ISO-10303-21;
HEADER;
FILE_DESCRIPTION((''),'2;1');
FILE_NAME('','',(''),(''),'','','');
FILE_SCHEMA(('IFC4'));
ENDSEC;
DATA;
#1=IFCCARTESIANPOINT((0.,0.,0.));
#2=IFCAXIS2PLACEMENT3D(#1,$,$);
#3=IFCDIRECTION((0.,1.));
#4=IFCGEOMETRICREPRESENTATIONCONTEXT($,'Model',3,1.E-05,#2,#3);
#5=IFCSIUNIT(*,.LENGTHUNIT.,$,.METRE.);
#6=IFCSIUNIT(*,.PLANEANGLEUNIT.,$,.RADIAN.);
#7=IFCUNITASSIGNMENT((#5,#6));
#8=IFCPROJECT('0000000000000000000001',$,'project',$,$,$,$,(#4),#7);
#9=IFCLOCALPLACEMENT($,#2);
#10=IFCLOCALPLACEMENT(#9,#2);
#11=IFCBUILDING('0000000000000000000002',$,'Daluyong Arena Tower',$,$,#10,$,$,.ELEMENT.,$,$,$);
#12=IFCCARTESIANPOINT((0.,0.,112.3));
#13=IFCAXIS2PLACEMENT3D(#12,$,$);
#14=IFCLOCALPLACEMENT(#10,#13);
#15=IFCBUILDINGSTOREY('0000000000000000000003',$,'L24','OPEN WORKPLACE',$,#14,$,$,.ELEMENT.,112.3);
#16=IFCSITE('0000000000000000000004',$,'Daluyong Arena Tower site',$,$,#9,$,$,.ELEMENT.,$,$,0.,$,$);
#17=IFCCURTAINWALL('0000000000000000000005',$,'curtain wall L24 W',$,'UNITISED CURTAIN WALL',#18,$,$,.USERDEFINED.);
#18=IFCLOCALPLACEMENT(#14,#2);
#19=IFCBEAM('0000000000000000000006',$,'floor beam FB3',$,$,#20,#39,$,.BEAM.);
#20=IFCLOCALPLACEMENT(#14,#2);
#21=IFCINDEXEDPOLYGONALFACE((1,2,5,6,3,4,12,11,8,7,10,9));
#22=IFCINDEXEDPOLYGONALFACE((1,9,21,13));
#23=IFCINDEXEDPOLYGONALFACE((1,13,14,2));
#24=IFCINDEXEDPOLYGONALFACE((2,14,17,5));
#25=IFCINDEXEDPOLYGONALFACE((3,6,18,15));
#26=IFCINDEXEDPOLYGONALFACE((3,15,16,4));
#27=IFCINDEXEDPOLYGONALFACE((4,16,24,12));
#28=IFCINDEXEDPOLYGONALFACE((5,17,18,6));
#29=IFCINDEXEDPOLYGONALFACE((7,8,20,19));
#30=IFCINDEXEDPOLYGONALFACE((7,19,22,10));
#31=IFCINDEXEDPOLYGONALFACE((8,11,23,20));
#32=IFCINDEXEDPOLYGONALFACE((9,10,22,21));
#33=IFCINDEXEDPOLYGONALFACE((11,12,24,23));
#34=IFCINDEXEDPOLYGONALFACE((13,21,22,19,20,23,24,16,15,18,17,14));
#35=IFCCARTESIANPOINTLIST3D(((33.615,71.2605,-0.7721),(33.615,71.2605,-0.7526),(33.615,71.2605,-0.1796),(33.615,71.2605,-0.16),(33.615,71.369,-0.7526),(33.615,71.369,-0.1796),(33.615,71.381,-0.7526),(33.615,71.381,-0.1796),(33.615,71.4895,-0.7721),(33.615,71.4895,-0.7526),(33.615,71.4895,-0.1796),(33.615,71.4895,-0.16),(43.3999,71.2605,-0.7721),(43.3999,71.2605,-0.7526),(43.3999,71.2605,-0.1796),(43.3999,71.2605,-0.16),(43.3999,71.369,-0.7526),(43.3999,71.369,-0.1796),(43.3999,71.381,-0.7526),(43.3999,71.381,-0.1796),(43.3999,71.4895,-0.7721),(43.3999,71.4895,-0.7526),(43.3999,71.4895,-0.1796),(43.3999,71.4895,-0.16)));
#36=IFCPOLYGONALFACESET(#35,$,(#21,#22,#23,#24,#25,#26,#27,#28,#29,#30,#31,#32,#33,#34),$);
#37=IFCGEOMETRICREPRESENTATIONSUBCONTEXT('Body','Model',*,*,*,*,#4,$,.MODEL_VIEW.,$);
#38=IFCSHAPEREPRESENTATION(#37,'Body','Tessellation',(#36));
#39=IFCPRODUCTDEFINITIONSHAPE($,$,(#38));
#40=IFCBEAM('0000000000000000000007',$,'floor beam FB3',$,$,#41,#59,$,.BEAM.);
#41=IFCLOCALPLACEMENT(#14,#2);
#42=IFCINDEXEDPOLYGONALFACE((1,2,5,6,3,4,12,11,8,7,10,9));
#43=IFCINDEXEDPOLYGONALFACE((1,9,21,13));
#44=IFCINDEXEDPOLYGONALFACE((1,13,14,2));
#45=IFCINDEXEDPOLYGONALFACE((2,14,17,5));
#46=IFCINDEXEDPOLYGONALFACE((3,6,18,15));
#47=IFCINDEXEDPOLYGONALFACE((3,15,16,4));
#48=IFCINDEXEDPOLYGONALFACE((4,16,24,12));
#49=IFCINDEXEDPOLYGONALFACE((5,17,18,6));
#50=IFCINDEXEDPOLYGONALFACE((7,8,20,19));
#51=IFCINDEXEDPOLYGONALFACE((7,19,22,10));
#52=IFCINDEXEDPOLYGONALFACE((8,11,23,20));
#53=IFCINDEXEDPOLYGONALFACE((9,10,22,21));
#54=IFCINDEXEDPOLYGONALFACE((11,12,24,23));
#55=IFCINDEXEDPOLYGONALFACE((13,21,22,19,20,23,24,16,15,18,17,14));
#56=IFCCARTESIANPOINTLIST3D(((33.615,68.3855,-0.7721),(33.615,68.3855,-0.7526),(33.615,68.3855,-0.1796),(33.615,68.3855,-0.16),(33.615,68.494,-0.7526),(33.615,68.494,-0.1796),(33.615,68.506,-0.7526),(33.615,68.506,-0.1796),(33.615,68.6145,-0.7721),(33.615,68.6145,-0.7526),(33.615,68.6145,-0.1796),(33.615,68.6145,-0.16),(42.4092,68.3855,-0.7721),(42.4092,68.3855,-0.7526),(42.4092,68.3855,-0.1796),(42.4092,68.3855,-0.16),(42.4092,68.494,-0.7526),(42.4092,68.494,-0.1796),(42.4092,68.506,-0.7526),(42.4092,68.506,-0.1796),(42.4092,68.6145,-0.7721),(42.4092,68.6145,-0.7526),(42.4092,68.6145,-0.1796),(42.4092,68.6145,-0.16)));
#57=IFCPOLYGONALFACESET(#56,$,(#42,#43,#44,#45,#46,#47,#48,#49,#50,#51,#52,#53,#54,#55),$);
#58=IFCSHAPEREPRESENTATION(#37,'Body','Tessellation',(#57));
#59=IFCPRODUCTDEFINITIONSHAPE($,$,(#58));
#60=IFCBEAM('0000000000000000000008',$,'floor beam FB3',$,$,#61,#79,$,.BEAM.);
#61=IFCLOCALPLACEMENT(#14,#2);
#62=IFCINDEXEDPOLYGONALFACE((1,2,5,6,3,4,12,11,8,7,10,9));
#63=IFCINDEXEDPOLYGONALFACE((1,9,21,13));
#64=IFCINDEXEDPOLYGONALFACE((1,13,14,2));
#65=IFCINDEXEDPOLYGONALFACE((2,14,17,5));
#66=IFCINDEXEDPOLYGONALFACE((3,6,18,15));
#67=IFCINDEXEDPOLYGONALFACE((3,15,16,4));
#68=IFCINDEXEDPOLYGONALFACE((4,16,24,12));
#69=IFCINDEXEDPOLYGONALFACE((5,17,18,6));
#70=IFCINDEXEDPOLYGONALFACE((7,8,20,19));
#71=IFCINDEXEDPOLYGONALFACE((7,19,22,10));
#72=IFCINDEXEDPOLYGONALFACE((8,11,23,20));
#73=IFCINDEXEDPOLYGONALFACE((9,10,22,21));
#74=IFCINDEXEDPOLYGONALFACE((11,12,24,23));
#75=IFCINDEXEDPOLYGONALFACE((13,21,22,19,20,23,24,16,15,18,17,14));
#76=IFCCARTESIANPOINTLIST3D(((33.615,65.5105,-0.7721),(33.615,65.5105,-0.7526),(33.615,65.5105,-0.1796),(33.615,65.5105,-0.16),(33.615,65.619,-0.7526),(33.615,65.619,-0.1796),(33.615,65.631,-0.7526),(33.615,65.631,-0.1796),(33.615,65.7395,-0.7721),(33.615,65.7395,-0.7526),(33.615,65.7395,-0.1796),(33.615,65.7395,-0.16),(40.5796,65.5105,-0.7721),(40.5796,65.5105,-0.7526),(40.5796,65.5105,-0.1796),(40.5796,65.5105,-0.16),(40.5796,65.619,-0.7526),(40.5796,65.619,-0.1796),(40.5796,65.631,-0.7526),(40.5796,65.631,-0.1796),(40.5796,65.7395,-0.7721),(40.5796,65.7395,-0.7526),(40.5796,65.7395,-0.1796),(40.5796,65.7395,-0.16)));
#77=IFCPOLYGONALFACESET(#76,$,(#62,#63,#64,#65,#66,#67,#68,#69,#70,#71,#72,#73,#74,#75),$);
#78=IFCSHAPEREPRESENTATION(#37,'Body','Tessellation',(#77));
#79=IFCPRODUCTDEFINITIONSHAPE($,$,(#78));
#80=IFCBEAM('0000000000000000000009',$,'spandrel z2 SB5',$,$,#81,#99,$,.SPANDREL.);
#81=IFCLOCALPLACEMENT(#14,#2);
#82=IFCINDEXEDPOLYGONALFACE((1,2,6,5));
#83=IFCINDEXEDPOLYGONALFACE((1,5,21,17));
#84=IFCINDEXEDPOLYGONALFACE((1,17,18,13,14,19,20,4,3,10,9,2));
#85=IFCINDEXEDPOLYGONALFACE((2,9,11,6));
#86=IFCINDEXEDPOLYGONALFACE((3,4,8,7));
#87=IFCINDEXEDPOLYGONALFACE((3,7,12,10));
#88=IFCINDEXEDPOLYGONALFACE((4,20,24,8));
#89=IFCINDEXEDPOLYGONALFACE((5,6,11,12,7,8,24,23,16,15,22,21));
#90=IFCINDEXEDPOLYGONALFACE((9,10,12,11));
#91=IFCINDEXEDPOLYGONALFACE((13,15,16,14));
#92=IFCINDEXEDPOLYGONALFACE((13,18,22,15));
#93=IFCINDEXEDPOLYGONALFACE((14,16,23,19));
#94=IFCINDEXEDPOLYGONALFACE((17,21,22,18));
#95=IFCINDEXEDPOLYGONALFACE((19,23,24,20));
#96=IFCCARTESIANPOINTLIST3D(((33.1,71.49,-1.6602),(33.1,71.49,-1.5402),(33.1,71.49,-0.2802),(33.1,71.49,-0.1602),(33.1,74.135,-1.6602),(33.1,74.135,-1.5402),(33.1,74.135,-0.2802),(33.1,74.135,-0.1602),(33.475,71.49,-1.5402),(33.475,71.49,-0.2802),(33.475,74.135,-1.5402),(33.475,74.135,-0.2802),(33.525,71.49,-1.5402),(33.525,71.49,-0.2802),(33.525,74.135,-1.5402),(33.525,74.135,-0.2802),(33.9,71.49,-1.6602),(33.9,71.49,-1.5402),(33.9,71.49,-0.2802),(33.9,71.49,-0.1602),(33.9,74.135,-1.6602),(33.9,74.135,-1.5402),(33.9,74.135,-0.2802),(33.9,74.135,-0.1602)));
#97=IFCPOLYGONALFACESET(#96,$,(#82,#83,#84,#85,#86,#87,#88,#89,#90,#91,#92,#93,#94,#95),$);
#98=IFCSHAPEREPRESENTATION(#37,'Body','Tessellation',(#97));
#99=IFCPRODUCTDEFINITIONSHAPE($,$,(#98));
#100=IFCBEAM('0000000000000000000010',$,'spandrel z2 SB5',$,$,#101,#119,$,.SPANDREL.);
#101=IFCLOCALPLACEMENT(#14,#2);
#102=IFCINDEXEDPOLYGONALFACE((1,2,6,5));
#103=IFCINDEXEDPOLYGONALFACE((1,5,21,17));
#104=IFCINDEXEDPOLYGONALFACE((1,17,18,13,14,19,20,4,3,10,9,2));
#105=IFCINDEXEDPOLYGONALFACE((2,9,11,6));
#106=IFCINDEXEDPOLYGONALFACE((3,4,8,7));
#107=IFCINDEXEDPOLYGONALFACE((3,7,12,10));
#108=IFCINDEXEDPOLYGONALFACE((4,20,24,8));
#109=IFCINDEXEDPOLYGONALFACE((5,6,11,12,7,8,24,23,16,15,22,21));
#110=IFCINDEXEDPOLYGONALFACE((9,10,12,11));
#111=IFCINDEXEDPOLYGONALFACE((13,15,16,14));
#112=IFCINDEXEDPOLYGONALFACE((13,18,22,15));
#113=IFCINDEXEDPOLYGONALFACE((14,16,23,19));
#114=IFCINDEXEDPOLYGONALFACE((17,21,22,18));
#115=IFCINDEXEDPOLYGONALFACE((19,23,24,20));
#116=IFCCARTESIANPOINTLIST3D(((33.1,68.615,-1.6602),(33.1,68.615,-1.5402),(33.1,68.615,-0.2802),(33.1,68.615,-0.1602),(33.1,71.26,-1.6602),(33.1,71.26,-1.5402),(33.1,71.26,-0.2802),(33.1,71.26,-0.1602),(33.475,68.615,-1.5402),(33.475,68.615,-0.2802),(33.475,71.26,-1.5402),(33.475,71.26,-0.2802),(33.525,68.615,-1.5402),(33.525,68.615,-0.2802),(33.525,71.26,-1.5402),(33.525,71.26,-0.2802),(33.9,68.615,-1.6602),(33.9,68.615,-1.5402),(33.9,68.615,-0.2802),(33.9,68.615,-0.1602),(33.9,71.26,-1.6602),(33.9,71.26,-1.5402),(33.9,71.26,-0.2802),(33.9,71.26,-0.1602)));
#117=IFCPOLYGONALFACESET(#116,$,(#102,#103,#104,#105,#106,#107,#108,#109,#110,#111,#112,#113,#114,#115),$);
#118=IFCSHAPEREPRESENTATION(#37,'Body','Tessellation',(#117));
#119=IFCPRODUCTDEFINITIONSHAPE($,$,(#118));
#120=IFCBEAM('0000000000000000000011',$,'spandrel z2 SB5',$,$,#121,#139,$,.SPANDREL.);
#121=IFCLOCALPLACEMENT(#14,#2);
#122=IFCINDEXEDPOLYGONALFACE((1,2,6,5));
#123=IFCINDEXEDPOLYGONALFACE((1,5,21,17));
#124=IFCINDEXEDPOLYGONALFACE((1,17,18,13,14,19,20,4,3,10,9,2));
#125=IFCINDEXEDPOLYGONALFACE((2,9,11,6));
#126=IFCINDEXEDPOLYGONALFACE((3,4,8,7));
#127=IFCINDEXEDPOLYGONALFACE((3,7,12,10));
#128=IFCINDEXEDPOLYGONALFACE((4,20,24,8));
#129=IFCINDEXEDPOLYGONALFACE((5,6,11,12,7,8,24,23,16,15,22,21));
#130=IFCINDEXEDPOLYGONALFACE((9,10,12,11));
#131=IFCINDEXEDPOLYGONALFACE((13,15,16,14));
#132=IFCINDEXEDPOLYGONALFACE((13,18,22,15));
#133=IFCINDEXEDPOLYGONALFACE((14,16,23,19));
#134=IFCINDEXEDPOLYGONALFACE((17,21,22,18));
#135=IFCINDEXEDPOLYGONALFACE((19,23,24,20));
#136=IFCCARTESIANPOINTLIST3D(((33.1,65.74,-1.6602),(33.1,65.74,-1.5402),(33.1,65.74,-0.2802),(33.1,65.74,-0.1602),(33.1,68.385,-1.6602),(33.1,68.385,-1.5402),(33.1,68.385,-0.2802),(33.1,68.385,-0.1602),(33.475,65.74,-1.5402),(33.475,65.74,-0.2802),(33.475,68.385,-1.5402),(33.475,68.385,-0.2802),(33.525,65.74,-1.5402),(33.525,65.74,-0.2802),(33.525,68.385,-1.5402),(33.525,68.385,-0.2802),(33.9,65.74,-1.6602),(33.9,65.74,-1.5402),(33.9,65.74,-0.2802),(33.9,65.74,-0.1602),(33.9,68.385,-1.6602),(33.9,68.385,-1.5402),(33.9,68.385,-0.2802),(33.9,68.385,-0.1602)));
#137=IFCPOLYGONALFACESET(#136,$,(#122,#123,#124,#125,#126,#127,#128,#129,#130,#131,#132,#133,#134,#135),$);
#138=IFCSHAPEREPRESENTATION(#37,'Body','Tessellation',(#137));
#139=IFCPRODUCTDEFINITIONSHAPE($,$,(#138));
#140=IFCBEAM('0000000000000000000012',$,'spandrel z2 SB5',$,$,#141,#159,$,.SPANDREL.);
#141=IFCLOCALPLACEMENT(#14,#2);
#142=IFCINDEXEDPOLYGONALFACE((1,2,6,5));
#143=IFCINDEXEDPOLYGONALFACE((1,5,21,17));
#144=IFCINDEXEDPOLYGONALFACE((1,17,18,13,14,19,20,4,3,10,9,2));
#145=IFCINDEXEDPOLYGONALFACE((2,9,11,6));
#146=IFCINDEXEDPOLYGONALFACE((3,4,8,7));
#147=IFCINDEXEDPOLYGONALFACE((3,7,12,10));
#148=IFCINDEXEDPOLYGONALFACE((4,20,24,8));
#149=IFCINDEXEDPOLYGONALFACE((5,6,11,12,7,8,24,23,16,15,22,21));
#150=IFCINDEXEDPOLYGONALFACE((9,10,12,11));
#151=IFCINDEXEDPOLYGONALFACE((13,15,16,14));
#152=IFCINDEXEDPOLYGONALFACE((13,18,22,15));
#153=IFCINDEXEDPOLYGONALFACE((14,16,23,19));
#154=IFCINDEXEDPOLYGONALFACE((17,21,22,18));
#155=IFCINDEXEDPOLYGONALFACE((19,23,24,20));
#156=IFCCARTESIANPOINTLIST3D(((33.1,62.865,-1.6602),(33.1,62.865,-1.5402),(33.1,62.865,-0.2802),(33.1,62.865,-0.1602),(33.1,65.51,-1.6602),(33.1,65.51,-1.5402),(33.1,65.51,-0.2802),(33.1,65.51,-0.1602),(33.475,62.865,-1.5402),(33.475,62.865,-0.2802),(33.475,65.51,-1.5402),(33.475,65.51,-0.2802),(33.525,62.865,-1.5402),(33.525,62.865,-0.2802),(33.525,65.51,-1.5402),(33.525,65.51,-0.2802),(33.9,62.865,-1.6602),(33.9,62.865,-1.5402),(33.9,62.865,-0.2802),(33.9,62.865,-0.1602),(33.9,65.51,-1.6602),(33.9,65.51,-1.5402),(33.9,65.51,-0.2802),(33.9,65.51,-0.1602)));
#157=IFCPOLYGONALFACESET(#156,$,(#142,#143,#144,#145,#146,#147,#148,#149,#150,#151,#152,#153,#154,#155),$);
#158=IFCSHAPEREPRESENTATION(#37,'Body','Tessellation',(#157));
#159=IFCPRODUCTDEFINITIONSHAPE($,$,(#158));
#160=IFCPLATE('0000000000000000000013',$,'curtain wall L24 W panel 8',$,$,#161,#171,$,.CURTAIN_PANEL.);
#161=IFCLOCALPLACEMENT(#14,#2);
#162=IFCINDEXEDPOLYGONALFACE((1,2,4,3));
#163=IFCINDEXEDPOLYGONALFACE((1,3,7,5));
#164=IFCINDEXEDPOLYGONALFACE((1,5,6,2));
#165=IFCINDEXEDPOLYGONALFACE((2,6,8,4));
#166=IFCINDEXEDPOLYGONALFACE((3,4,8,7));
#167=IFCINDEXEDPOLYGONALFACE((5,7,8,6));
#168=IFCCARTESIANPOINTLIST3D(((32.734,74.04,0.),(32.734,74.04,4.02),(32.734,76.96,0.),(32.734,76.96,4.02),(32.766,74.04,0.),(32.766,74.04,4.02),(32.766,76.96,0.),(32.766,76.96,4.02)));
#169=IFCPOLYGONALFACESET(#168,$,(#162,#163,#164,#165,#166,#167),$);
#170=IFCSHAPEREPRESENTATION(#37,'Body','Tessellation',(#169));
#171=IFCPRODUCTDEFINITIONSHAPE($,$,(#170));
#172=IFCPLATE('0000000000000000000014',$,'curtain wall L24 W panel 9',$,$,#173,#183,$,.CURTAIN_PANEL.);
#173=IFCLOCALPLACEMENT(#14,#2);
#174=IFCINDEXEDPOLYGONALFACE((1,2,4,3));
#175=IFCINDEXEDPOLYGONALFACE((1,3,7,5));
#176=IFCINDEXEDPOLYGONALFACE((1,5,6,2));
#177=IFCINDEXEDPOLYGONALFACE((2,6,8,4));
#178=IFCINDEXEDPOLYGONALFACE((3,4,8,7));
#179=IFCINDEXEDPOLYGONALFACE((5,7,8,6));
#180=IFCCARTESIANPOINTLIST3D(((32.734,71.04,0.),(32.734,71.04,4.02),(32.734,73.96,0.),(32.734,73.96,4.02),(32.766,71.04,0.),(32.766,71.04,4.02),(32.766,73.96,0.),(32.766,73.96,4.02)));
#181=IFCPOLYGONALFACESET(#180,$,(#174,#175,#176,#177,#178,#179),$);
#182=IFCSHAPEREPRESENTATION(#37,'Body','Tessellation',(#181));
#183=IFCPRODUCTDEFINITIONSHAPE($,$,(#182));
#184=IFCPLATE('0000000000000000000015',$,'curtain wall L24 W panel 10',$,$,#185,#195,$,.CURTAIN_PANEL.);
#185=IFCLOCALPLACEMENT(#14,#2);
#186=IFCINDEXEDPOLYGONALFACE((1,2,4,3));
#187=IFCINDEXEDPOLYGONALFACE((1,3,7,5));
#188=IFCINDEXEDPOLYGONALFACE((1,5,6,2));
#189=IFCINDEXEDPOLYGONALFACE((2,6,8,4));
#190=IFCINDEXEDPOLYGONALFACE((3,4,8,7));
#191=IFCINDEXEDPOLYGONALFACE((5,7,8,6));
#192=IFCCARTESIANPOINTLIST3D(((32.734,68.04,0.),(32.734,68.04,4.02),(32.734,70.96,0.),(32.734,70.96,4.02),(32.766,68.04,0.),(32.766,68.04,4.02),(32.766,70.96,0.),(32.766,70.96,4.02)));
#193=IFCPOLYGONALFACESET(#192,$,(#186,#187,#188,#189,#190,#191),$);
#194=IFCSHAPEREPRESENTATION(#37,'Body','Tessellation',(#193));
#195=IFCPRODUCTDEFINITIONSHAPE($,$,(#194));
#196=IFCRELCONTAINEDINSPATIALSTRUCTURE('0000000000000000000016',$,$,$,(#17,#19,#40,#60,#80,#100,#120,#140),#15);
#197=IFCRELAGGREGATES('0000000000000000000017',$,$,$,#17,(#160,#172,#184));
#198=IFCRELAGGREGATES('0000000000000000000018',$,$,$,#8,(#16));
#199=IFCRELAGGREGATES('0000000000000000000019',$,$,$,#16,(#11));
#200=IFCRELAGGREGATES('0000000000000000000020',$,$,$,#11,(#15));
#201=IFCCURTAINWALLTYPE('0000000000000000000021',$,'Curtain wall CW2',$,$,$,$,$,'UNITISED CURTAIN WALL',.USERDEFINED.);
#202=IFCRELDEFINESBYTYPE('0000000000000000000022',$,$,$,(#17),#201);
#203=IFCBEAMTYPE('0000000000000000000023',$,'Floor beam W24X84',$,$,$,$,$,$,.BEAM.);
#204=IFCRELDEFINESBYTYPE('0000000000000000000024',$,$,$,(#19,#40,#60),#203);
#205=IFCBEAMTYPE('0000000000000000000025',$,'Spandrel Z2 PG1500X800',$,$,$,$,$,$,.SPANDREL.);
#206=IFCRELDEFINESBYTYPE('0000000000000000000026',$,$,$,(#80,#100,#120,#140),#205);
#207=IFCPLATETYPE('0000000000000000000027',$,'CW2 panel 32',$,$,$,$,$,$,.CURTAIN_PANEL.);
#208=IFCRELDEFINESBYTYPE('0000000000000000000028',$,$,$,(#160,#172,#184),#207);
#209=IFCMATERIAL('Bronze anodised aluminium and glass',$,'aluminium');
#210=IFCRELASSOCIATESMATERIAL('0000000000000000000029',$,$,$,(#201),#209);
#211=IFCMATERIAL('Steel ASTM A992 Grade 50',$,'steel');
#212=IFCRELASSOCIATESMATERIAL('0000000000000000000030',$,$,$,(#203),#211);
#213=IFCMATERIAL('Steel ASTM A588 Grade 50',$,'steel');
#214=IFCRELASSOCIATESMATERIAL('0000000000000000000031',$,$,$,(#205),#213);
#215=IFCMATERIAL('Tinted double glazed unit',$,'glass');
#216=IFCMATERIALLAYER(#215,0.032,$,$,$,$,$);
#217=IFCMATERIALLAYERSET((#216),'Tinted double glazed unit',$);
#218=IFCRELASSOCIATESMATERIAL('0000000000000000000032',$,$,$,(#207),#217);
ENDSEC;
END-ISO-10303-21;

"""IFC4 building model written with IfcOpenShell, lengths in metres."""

from ifc_helpers import new_model, si_unit, direction, frame, origin, origin_2d, place, context, subcontext, project, spatial, rectangle, i_section, extrude, material, layer, layer_set, material_profile, profile_set, type_object, element, aggregate, save


model = new_model("IFC4")

# Units and contexts
model_context = context("Model", 3, precision=1e-05, world=origin(), true_north=direction((0.0, 1.0)))
body_context = subcontext(model_context, "Body", "Model", "MODEL_VIEW")
ifc_project = project(units=[si_unit("LENGTHUNIT", "METRE"), si_unit("PLANEANGLEUNIT", "RADIAN")], contexts=[model_context])

# Site, building, storey
site_placement = place(None, origin())
site = spatial("IfcSite", under=ifc_project, at=site_placement, Name="Daluyong Arena Tower site", CompositionType="ELEMENT", RefElevation=0.0)
building_placement = place(site_placement, origin())
building = spatial("IfcBuilding", under=site, at=building_placement, Name="Daluyong Arena Tower", CompositionType="ELEMENT")
storey_placement = place(building_placement, frame((0.0, 0.0, 112.3)))
storey = spatial("IfcBuildingStorey", under=building, at=storey_placement, Name="L24", Description="OPEN WORKPLACE", CompositionType="ELEMENT", Elevation=112.3)

# Curtain wall
ifc_material_1 = material(Name="Bronze anodised aluminium and glass", Category="aluminium")
curtain_wall_type = type_object("IfcCurtainWallType", Name="Curtain wall CW2", ElementType="UNITISED CURTAIN WALL", PredefinedType="USERDEFINED", material=ifc_material_1)
curtain_wall_placement = place(storey_placement, origin())
curtain_wall = element("IfcCurtainWall", 1, at=curtain_wall_placement, inside=storey, type_object=curtain_wall_type, Name="curtain wall L24 W", ObjectType="UNITISED CURTAIN WALL", PredefinedType="USERDEFINED")

# Beams
ifc_material_2 = material(Name="Steel ASTM A992 Grade 50", Category="steel")
ifc_material_profile_1 = material_profile(ifc_material_2, i_section(OverallWidth=0.229, OverallDepth=0.6121, WebThickness=0.012, FlangeThickness=0.0195, at=origin_2d()))
ifc_profile_set_1 = profile_set([ifc_material_profile_1], Name="Steel ASTM A992 Grade 50")
beam_type_1 = type_object("IfcBeamType", Name="Floor beam W24X84", PredefinedType="BEAM", material=ifc_profile_set_1)
for number, where, z_axis, x_axis, name in (
    (2, (33.615, 71.375, -0.4661), (1.0, 0.0, 0.0), (0.0, 1.0, 0.0), "floor beam FB3"),
):
    element("IfcBeam", number, at=place(storey_placement, frame(where, z_axis=z_axis, x_axis=x_axis)), inside=storey, type_object=beam_type_1, Name=name, PredefinedType="BEAM", context=body_context, shape_type="SweptSolid", body=[
        extrude(i_section(OverallWidth=0.229, OverallDepth=0.6121, WebThickness=0.012, FlangeThickness=0.0195, at=origin_2d()), origin(), (0.0, 0.0, 1.0), 9.7849),
    ])
beam_1_placement = place(storey_placement, frame((33.615, 68.5, -0.4661), z_axis=(1.0, 0.0, 0.0), x_axis=(0.0, 1.0, 0.0)))
element("IfcBeam", 3, at=beam_1_placement, inside=storey, type_object=beam_type_1, Name="floor beam FB3", PredefinedType="BEAM", context=body_context, shape_type="SweptSolid", body=[
    extrude(i_section(OverallWidth=0.229, OverallDepth=0.6121, WebThickness=0.012, FlangeThickness=0.0195, at=origin_2d()), origin(), (0.0, 0.0, 1.0), 8.7942),
])
beam_2_placement = place(storey_placement, frame((33.615, 65.625, -0.4661), z_axis=(1.0, 0.0, 0.0), x_axis=(0.0, 1.0, 0.0)))
element("IfcBeam", 4, at=beam_2_placement, inside=storey, type_object=beam_type_1, Name="floor beam FB3", PredefinedType="BEAM", context=body_context, shape_type="SweptSolid", body=[
    extrude(i_section(OverallWidth=0.229, OverallDepth=0.6121, WebThickness=0.012, FlangeThickness=0.0195, at=origin_2d()), origin(), (0.0, 0.0, 1.0), 6.9646),
])
ifc_material_3 = material(Name="Steel ASTM A588 Grade 50", Category="steel")
ifc_material_profile_2 = material_profile(ifc_material_3, i_section(OverallWidth=0.8, OverallDepth=1.5, WebThickness=0.05, FlangeThickness=0.12, at=origin_2d()))
ifc_profile_set_2 = profile_set([ifc_material_profile_2], Name="Steel ASTM A588 Grade 50")
beam_type_2 = type_object("IfcBeamType", Name="Spandrel Z2 PG1500X800", PredefinedType="SPANDREL", material=ifc_profile_set_2)
for number, where, z_axis, x_axis, name in (
    (5, (33.5, 74.135, -0.9102), (0.0, -1.0, 0.0), (1.0, 0.0, 0.0), "spandrel z2 SB5"),
    (6, (33.5, 71.26, -0.9102), (0.0, -1.0, 0.0), (1.0, 0.0, 0.0), "spandrel z2 SB5"),
    (7, (33.5, 68.385, -0.9102), (0.0, -1.0, 0.0), (1.0, 0.0, 0.0), "spandrel z2 SB5"),
    (8, (33.5, 65.51, -0.9102), (0.0, -1.0, 0.0), (1.0, 0.0, 0.0), "spandrel z2 SB5"),
):
    element("IfcBeam", number, at=place(storey_placement, frame(where, z_axis=z_axis, x_axis=x_axis)), inside=storey, type_object=beam_type_2, Name=name, PredefinedType="SPANDREL", context=body_context, shape_type="SweptSolid", body=[
        extrude(i_section(OverallWidth=0.8, OverallDepth=1.5, WebThickness=0.05, FlangeThickness=0.12, at=origin_2d()), origin(), (0.0, 0.0, 1.0), 2.645),
    ])

# Plates
ifc_material_4 = material(Name="Tinted double glazed unit", Category="glass")
ifc_layer_1 = layer(ifc_material_4, 0.032)
ifc_layer_set_1 = layer_set([ifc_layer_1], Name="Tinted double glazed unit")
plate_type = type_object("IfcPlateType", Name="CW2 panel 32", PredefinedType="CURTAIN_PANEL", material=ifc_layer_set_1)
plate_1_placement = place(storey_placement, frame((32.75, 75.5, 0.0), z_axis=(0.0, 0.0, 1.0), x_axis=(0.0, -1.0, 0.0)))
plate_1 = element("IfcPlate", 9, at=plate_1_placement, type_object=plate_type, Name="curtain wall L24 W panel 8", PredefinedType="CURTAIN_PANEL", context=body_context, shape_type="SweptSolid", body=[
    extrude(rectangle(XDim=2.9199, YDim=0.032, at=origin_2d()), origin(), (0.0, 0.0, 1.0), 4.02),
])
plate_2_placement = place(storey_placement, frame((32.75, 72.5, 0.0), z_axis=(0.0, 0.0, 1.0), x_axis=(0.0, -1.0, 0.0)))
plate_2 = element("IfcPlate", 10, at=plate_2_placement, type_object=plate_type, Name="curtain wall L24 W panel 9", PredefinedType="CURTAIN_PANEL", context=body_context, shape_type="SweptSolid", body=[
    extrude(rectangle(XDim=2.9199, YDim=0.032, at=origin_2d()), origin(), (0.0, 0.0, 1.0), 4.02),
])
plate_3_placement = place(storey_placement, frame((32.75, 69.5, 0.0), z_axis=(0.0, 0.0, 1.0), x_axis=(0.0, -1.0, 0.0)))
plate_3 = element("IfcPlate", 11, at=plate_3_placement, type_object=plate_type, Name="curtain wall L24 W panel 10", PredefinedType="CURTAIN_PANEL", context=body_context, shape_type="SweptSolid", body=[
    extrude(rectangle(XDim=2.9199, YDim=0.032, at=origin_2d()), origin(), (0.0, 0.0, 1.0), 4.02),
])
aggregate(curtain_wall, [plate_1, plate_2, plate_3])

save(model, "model.ifc")
